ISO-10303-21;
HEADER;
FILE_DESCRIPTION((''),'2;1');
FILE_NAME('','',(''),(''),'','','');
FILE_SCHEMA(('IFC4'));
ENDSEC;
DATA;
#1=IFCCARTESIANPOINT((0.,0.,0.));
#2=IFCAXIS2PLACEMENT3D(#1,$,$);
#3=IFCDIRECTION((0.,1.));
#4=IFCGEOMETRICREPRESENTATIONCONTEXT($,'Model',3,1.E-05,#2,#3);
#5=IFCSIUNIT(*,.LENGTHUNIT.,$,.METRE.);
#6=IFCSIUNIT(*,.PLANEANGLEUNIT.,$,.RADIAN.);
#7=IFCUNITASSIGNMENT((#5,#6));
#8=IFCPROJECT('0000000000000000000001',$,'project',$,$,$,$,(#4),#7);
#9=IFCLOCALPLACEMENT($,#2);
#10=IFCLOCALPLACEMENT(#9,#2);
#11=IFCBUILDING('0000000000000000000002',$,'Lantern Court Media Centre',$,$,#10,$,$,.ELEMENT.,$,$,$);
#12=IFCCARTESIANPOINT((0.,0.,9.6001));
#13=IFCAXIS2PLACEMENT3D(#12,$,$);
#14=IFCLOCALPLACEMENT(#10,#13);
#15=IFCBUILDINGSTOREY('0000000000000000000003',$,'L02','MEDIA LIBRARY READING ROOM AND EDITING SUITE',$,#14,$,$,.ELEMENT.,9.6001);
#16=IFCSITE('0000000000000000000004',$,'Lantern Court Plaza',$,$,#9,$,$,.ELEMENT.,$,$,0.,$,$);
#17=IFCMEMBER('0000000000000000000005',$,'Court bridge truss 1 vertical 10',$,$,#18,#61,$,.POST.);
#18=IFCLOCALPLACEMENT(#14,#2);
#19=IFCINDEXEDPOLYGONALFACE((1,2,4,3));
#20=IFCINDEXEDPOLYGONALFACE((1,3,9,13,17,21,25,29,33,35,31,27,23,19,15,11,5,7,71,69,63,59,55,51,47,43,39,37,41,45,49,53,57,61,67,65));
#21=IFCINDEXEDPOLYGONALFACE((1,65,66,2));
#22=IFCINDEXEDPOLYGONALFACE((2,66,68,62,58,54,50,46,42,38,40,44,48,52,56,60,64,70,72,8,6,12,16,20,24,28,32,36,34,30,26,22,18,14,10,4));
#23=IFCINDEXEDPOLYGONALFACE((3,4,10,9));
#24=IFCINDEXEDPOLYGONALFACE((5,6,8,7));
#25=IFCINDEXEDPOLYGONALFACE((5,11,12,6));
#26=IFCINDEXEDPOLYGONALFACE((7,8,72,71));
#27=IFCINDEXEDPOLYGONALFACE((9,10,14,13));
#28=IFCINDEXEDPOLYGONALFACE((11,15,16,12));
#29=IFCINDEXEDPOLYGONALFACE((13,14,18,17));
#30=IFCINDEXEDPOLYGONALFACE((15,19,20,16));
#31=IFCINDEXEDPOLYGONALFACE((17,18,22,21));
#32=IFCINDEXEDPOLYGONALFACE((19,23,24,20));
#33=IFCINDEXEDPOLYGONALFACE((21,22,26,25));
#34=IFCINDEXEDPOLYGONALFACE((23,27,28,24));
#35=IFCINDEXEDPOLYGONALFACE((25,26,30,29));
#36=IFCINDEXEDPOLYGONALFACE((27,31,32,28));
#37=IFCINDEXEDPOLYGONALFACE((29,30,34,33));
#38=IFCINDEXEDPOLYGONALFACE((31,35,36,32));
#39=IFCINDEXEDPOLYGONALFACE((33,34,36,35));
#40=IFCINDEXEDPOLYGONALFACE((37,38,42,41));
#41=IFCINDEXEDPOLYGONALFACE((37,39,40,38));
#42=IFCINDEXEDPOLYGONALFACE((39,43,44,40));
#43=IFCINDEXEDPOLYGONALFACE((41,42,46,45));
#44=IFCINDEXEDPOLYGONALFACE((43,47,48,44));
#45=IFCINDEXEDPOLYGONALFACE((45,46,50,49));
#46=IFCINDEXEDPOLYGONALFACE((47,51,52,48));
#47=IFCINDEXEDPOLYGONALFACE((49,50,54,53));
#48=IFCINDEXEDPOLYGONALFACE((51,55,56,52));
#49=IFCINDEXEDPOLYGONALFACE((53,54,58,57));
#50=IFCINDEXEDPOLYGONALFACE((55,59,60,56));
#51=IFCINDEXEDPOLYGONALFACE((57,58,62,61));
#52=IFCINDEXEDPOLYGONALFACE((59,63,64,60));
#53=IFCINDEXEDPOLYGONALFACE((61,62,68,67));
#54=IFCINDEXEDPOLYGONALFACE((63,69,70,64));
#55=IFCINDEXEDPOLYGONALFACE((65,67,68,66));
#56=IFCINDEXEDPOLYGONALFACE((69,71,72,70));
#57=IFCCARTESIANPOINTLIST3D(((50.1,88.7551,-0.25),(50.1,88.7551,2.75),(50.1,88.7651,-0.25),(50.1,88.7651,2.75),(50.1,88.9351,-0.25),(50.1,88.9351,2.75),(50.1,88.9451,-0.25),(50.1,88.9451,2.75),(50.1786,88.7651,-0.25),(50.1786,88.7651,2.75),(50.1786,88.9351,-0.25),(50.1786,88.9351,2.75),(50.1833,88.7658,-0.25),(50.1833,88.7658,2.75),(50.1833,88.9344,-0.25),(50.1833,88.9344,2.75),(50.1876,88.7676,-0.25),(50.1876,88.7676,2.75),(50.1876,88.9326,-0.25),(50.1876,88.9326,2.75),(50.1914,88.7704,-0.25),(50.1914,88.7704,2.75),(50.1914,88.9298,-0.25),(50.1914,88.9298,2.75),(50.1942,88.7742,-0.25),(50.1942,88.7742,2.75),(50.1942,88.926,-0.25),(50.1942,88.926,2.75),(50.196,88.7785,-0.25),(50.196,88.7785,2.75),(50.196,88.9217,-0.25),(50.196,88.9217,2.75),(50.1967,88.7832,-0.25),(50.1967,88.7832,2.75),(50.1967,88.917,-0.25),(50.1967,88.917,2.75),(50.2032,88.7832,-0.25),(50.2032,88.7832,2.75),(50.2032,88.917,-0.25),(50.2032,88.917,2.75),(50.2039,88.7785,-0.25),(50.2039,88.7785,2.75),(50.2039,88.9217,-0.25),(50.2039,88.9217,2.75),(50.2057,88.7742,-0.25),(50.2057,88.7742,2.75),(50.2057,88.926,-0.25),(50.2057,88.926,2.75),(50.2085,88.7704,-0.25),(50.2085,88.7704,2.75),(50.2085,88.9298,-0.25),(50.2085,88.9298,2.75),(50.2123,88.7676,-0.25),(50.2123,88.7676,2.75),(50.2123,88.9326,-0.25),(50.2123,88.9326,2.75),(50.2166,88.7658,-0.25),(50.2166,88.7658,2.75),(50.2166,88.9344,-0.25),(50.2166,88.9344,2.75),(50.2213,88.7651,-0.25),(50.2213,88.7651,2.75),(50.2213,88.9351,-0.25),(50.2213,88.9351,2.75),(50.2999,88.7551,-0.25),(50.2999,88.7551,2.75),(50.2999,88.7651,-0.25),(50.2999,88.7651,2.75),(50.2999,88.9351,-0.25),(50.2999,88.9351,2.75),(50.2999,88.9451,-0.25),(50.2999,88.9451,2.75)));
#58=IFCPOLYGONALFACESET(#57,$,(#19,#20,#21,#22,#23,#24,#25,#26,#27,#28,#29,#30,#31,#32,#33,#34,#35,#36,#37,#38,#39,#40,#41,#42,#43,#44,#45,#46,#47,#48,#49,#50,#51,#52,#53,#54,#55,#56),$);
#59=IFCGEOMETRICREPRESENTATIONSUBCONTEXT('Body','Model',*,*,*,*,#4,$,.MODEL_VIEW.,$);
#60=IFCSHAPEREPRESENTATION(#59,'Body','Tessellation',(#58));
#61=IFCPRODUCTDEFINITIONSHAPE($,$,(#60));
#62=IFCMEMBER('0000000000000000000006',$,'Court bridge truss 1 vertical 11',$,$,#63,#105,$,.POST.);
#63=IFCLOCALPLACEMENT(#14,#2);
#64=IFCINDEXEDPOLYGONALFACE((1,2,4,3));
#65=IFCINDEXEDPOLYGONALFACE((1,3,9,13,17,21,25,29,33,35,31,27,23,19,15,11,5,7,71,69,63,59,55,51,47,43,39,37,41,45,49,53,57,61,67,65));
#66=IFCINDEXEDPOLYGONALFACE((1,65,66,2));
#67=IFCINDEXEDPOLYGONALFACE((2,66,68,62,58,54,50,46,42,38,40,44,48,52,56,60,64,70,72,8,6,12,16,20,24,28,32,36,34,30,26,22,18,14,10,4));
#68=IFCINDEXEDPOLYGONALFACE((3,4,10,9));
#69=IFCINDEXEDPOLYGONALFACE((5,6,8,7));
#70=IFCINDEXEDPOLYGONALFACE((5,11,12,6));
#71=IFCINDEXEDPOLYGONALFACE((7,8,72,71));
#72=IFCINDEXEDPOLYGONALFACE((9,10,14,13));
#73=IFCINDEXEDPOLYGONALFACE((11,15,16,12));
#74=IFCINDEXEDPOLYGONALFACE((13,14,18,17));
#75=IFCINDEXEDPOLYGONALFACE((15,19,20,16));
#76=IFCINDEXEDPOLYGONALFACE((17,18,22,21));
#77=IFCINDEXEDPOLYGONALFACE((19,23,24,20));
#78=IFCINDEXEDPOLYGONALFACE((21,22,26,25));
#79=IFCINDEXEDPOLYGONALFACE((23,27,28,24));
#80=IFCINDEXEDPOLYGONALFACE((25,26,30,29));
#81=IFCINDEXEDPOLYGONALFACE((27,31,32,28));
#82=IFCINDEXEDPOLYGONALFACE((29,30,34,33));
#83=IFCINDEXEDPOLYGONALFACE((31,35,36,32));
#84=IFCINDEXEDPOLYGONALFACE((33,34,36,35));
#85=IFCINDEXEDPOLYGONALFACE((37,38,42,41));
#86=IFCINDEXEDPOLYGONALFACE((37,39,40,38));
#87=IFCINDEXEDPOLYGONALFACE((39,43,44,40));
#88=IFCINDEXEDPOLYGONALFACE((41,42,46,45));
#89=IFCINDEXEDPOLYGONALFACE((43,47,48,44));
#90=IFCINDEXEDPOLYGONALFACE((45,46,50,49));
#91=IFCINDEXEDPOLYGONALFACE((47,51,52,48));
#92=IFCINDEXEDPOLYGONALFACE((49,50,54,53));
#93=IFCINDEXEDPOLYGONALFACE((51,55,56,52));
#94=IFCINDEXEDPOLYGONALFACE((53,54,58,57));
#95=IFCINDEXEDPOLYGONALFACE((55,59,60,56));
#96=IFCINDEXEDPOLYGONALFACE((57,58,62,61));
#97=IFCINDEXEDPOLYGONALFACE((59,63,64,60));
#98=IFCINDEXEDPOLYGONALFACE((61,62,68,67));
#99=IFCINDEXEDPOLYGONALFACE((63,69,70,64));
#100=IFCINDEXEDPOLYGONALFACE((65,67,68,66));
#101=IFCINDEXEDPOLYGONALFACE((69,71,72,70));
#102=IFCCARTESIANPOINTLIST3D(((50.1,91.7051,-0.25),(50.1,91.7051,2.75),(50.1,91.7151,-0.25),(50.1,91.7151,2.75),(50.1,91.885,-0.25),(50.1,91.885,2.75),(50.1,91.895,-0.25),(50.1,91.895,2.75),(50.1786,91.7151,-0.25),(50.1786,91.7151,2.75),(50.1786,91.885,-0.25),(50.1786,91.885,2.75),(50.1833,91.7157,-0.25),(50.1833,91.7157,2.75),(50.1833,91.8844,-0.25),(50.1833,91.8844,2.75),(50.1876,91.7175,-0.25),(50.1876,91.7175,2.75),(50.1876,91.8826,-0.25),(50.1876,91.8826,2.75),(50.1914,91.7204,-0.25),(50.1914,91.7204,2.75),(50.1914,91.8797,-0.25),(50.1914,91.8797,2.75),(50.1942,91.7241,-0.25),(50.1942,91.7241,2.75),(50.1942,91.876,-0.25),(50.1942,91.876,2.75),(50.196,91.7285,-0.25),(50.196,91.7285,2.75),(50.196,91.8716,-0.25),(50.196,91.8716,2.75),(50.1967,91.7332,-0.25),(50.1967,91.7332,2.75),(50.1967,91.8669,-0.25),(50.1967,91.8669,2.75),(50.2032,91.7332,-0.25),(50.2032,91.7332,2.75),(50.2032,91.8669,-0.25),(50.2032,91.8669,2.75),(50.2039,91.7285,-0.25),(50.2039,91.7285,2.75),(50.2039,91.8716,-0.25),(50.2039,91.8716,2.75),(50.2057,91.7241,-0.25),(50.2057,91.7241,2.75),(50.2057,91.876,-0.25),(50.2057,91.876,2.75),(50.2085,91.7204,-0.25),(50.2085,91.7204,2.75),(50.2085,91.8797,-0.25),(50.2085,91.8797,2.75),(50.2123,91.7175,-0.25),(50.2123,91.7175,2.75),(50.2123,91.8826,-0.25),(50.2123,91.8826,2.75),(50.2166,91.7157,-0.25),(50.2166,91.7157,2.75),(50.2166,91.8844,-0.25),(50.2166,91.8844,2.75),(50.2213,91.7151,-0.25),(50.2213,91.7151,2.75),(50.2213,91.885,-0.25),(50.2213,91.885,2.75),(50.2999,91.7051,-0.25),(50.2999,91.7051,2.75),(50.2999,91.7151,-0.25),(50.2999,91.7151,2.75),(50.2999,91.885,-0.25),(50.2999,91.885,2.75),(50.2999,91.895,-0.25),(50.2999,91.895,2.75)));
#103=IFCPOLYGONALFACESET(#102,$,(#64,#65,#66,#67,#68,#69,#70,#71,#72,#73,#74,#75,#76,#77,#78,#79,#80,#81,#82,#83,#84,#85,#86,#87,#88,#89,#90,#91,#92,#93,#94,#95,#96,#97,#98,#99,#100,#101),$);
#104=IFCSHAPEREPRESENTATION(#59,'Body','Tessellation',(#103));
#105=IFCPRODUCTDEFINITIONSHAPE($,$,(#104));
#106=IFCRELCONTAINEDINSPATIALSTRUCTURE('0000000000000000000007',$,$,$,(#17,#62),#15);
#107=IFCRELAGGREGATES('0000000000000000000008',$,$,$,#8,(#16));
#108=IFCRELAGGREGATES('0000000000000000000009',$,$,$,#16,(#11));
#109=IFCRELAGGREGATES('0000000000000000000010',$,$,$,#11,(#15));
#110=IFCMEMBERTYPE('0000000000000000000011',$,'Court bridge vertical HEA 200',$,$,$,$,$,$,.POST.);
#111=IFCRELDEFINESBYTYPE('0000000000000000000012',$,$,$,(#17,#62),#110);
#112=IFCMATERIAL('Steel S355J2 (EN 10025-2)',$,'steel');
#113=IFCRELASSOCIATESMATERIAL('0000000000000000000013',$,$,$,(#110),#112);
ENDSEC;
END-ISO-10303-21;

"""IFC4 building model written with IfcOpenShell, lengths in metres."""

from ifc_helpers import new_model, si_unit, direction, frame, origin, origin_2d, place, context, subcontext, project, spatial, i_section, extrude, material, material_profile, profile_set, type_object, element, save


model = new_model("IFC4")

# Units and contexts
model_context = context("Model", 3, precision=1e-05, world=origin(), true_north=direction((0.0, 1.0)))
body_context = subcontext(model_context, "Body", "Model", "MODEL_VIEW")
ifc_project = project(units=[si_unit("LENGTHUNIT", "METRE"), si_unit("PLANEANGLEUNIT", "RADIAN")], contexts=[model_context])

# Site, building, storey
site_placement = place(None, origin())
site = spatial("IfcSite", under=ifc_project, at=site_placement, Name="Lantern Court Plaza", CompositionType="ELEMENT", RefElevation=0.0)
building_placement = place(site_placement, origin())
building = spatial("IfcBuilding", under=site, at=building_placement, Name="Lantern Court Media Centre", CompositionType="ELEMENT")
storey_placement = place(building_placement, frame((0.0, 0.0, 9.6001)))
storey = spatial("IfcBuildingStorey", under=building, at=storey_placement, Name="L02", Description="MEDIA LIBRARY READING ROOM AND EDITING SUITE", CompositionType="ELEMENT", Elevation=9.6001)

# Shared definitions
ifc_material = material(Name="Steel S355J2 (EN 10025-2)", Category="steel")

# Members
ifc_material_profile_1 = material_profile(ifc_material, i_section(OverallWidth=0.2, OverallDepth=0.1899, WebThickness=0.0066, FlangeThickness=0.01, FilletRadius=0.0181, at=origin_2d()), Name="HEA 200")
ifc_profile_set_1 = profile_set([ifc_material_profile_1], Name="Steel S355J2 (EN 10025-2)")
member_type_1 = type_object("IfcMemberType", Name="Court bridge vertical HEA 200", PredefinedType="POST", material=ifc_profile_set_1)
for number, where, z_axis, x_axis, name in (
    (1, (50.2, 88.8501, -0.25), (0.0, 0.0, 1.0), (1.0, 0.0, 0.0), "Court bridge truss 1 vertical 10"),
    (2, (50.2, 91.8, -0.25), (0.0, 0.0, 1.0), (1.0, 0.0, 0.0), "Court bridge truss 1 vertical 11"),
):
    element("IfcMember", number, at=place(storey_placement, frame(where, z_axis=z_axis, x_axis=x_axis)), inside=storey, type_object=member_type_1, Name=name, PredefinedType="POST", context=body_context, shape_type="SweptSolid", body=[
        extrude(i_section(OverallWidth=0.2, OverallDepth=0.1899, WebThickness=0.0066, FlangeThickness=0.01, FilletRadius=0.0181, at=origin_2d()), origin(), (0.0, 0.0, 1.0), 3.0),
    ])

save(model, "model.ifc")
